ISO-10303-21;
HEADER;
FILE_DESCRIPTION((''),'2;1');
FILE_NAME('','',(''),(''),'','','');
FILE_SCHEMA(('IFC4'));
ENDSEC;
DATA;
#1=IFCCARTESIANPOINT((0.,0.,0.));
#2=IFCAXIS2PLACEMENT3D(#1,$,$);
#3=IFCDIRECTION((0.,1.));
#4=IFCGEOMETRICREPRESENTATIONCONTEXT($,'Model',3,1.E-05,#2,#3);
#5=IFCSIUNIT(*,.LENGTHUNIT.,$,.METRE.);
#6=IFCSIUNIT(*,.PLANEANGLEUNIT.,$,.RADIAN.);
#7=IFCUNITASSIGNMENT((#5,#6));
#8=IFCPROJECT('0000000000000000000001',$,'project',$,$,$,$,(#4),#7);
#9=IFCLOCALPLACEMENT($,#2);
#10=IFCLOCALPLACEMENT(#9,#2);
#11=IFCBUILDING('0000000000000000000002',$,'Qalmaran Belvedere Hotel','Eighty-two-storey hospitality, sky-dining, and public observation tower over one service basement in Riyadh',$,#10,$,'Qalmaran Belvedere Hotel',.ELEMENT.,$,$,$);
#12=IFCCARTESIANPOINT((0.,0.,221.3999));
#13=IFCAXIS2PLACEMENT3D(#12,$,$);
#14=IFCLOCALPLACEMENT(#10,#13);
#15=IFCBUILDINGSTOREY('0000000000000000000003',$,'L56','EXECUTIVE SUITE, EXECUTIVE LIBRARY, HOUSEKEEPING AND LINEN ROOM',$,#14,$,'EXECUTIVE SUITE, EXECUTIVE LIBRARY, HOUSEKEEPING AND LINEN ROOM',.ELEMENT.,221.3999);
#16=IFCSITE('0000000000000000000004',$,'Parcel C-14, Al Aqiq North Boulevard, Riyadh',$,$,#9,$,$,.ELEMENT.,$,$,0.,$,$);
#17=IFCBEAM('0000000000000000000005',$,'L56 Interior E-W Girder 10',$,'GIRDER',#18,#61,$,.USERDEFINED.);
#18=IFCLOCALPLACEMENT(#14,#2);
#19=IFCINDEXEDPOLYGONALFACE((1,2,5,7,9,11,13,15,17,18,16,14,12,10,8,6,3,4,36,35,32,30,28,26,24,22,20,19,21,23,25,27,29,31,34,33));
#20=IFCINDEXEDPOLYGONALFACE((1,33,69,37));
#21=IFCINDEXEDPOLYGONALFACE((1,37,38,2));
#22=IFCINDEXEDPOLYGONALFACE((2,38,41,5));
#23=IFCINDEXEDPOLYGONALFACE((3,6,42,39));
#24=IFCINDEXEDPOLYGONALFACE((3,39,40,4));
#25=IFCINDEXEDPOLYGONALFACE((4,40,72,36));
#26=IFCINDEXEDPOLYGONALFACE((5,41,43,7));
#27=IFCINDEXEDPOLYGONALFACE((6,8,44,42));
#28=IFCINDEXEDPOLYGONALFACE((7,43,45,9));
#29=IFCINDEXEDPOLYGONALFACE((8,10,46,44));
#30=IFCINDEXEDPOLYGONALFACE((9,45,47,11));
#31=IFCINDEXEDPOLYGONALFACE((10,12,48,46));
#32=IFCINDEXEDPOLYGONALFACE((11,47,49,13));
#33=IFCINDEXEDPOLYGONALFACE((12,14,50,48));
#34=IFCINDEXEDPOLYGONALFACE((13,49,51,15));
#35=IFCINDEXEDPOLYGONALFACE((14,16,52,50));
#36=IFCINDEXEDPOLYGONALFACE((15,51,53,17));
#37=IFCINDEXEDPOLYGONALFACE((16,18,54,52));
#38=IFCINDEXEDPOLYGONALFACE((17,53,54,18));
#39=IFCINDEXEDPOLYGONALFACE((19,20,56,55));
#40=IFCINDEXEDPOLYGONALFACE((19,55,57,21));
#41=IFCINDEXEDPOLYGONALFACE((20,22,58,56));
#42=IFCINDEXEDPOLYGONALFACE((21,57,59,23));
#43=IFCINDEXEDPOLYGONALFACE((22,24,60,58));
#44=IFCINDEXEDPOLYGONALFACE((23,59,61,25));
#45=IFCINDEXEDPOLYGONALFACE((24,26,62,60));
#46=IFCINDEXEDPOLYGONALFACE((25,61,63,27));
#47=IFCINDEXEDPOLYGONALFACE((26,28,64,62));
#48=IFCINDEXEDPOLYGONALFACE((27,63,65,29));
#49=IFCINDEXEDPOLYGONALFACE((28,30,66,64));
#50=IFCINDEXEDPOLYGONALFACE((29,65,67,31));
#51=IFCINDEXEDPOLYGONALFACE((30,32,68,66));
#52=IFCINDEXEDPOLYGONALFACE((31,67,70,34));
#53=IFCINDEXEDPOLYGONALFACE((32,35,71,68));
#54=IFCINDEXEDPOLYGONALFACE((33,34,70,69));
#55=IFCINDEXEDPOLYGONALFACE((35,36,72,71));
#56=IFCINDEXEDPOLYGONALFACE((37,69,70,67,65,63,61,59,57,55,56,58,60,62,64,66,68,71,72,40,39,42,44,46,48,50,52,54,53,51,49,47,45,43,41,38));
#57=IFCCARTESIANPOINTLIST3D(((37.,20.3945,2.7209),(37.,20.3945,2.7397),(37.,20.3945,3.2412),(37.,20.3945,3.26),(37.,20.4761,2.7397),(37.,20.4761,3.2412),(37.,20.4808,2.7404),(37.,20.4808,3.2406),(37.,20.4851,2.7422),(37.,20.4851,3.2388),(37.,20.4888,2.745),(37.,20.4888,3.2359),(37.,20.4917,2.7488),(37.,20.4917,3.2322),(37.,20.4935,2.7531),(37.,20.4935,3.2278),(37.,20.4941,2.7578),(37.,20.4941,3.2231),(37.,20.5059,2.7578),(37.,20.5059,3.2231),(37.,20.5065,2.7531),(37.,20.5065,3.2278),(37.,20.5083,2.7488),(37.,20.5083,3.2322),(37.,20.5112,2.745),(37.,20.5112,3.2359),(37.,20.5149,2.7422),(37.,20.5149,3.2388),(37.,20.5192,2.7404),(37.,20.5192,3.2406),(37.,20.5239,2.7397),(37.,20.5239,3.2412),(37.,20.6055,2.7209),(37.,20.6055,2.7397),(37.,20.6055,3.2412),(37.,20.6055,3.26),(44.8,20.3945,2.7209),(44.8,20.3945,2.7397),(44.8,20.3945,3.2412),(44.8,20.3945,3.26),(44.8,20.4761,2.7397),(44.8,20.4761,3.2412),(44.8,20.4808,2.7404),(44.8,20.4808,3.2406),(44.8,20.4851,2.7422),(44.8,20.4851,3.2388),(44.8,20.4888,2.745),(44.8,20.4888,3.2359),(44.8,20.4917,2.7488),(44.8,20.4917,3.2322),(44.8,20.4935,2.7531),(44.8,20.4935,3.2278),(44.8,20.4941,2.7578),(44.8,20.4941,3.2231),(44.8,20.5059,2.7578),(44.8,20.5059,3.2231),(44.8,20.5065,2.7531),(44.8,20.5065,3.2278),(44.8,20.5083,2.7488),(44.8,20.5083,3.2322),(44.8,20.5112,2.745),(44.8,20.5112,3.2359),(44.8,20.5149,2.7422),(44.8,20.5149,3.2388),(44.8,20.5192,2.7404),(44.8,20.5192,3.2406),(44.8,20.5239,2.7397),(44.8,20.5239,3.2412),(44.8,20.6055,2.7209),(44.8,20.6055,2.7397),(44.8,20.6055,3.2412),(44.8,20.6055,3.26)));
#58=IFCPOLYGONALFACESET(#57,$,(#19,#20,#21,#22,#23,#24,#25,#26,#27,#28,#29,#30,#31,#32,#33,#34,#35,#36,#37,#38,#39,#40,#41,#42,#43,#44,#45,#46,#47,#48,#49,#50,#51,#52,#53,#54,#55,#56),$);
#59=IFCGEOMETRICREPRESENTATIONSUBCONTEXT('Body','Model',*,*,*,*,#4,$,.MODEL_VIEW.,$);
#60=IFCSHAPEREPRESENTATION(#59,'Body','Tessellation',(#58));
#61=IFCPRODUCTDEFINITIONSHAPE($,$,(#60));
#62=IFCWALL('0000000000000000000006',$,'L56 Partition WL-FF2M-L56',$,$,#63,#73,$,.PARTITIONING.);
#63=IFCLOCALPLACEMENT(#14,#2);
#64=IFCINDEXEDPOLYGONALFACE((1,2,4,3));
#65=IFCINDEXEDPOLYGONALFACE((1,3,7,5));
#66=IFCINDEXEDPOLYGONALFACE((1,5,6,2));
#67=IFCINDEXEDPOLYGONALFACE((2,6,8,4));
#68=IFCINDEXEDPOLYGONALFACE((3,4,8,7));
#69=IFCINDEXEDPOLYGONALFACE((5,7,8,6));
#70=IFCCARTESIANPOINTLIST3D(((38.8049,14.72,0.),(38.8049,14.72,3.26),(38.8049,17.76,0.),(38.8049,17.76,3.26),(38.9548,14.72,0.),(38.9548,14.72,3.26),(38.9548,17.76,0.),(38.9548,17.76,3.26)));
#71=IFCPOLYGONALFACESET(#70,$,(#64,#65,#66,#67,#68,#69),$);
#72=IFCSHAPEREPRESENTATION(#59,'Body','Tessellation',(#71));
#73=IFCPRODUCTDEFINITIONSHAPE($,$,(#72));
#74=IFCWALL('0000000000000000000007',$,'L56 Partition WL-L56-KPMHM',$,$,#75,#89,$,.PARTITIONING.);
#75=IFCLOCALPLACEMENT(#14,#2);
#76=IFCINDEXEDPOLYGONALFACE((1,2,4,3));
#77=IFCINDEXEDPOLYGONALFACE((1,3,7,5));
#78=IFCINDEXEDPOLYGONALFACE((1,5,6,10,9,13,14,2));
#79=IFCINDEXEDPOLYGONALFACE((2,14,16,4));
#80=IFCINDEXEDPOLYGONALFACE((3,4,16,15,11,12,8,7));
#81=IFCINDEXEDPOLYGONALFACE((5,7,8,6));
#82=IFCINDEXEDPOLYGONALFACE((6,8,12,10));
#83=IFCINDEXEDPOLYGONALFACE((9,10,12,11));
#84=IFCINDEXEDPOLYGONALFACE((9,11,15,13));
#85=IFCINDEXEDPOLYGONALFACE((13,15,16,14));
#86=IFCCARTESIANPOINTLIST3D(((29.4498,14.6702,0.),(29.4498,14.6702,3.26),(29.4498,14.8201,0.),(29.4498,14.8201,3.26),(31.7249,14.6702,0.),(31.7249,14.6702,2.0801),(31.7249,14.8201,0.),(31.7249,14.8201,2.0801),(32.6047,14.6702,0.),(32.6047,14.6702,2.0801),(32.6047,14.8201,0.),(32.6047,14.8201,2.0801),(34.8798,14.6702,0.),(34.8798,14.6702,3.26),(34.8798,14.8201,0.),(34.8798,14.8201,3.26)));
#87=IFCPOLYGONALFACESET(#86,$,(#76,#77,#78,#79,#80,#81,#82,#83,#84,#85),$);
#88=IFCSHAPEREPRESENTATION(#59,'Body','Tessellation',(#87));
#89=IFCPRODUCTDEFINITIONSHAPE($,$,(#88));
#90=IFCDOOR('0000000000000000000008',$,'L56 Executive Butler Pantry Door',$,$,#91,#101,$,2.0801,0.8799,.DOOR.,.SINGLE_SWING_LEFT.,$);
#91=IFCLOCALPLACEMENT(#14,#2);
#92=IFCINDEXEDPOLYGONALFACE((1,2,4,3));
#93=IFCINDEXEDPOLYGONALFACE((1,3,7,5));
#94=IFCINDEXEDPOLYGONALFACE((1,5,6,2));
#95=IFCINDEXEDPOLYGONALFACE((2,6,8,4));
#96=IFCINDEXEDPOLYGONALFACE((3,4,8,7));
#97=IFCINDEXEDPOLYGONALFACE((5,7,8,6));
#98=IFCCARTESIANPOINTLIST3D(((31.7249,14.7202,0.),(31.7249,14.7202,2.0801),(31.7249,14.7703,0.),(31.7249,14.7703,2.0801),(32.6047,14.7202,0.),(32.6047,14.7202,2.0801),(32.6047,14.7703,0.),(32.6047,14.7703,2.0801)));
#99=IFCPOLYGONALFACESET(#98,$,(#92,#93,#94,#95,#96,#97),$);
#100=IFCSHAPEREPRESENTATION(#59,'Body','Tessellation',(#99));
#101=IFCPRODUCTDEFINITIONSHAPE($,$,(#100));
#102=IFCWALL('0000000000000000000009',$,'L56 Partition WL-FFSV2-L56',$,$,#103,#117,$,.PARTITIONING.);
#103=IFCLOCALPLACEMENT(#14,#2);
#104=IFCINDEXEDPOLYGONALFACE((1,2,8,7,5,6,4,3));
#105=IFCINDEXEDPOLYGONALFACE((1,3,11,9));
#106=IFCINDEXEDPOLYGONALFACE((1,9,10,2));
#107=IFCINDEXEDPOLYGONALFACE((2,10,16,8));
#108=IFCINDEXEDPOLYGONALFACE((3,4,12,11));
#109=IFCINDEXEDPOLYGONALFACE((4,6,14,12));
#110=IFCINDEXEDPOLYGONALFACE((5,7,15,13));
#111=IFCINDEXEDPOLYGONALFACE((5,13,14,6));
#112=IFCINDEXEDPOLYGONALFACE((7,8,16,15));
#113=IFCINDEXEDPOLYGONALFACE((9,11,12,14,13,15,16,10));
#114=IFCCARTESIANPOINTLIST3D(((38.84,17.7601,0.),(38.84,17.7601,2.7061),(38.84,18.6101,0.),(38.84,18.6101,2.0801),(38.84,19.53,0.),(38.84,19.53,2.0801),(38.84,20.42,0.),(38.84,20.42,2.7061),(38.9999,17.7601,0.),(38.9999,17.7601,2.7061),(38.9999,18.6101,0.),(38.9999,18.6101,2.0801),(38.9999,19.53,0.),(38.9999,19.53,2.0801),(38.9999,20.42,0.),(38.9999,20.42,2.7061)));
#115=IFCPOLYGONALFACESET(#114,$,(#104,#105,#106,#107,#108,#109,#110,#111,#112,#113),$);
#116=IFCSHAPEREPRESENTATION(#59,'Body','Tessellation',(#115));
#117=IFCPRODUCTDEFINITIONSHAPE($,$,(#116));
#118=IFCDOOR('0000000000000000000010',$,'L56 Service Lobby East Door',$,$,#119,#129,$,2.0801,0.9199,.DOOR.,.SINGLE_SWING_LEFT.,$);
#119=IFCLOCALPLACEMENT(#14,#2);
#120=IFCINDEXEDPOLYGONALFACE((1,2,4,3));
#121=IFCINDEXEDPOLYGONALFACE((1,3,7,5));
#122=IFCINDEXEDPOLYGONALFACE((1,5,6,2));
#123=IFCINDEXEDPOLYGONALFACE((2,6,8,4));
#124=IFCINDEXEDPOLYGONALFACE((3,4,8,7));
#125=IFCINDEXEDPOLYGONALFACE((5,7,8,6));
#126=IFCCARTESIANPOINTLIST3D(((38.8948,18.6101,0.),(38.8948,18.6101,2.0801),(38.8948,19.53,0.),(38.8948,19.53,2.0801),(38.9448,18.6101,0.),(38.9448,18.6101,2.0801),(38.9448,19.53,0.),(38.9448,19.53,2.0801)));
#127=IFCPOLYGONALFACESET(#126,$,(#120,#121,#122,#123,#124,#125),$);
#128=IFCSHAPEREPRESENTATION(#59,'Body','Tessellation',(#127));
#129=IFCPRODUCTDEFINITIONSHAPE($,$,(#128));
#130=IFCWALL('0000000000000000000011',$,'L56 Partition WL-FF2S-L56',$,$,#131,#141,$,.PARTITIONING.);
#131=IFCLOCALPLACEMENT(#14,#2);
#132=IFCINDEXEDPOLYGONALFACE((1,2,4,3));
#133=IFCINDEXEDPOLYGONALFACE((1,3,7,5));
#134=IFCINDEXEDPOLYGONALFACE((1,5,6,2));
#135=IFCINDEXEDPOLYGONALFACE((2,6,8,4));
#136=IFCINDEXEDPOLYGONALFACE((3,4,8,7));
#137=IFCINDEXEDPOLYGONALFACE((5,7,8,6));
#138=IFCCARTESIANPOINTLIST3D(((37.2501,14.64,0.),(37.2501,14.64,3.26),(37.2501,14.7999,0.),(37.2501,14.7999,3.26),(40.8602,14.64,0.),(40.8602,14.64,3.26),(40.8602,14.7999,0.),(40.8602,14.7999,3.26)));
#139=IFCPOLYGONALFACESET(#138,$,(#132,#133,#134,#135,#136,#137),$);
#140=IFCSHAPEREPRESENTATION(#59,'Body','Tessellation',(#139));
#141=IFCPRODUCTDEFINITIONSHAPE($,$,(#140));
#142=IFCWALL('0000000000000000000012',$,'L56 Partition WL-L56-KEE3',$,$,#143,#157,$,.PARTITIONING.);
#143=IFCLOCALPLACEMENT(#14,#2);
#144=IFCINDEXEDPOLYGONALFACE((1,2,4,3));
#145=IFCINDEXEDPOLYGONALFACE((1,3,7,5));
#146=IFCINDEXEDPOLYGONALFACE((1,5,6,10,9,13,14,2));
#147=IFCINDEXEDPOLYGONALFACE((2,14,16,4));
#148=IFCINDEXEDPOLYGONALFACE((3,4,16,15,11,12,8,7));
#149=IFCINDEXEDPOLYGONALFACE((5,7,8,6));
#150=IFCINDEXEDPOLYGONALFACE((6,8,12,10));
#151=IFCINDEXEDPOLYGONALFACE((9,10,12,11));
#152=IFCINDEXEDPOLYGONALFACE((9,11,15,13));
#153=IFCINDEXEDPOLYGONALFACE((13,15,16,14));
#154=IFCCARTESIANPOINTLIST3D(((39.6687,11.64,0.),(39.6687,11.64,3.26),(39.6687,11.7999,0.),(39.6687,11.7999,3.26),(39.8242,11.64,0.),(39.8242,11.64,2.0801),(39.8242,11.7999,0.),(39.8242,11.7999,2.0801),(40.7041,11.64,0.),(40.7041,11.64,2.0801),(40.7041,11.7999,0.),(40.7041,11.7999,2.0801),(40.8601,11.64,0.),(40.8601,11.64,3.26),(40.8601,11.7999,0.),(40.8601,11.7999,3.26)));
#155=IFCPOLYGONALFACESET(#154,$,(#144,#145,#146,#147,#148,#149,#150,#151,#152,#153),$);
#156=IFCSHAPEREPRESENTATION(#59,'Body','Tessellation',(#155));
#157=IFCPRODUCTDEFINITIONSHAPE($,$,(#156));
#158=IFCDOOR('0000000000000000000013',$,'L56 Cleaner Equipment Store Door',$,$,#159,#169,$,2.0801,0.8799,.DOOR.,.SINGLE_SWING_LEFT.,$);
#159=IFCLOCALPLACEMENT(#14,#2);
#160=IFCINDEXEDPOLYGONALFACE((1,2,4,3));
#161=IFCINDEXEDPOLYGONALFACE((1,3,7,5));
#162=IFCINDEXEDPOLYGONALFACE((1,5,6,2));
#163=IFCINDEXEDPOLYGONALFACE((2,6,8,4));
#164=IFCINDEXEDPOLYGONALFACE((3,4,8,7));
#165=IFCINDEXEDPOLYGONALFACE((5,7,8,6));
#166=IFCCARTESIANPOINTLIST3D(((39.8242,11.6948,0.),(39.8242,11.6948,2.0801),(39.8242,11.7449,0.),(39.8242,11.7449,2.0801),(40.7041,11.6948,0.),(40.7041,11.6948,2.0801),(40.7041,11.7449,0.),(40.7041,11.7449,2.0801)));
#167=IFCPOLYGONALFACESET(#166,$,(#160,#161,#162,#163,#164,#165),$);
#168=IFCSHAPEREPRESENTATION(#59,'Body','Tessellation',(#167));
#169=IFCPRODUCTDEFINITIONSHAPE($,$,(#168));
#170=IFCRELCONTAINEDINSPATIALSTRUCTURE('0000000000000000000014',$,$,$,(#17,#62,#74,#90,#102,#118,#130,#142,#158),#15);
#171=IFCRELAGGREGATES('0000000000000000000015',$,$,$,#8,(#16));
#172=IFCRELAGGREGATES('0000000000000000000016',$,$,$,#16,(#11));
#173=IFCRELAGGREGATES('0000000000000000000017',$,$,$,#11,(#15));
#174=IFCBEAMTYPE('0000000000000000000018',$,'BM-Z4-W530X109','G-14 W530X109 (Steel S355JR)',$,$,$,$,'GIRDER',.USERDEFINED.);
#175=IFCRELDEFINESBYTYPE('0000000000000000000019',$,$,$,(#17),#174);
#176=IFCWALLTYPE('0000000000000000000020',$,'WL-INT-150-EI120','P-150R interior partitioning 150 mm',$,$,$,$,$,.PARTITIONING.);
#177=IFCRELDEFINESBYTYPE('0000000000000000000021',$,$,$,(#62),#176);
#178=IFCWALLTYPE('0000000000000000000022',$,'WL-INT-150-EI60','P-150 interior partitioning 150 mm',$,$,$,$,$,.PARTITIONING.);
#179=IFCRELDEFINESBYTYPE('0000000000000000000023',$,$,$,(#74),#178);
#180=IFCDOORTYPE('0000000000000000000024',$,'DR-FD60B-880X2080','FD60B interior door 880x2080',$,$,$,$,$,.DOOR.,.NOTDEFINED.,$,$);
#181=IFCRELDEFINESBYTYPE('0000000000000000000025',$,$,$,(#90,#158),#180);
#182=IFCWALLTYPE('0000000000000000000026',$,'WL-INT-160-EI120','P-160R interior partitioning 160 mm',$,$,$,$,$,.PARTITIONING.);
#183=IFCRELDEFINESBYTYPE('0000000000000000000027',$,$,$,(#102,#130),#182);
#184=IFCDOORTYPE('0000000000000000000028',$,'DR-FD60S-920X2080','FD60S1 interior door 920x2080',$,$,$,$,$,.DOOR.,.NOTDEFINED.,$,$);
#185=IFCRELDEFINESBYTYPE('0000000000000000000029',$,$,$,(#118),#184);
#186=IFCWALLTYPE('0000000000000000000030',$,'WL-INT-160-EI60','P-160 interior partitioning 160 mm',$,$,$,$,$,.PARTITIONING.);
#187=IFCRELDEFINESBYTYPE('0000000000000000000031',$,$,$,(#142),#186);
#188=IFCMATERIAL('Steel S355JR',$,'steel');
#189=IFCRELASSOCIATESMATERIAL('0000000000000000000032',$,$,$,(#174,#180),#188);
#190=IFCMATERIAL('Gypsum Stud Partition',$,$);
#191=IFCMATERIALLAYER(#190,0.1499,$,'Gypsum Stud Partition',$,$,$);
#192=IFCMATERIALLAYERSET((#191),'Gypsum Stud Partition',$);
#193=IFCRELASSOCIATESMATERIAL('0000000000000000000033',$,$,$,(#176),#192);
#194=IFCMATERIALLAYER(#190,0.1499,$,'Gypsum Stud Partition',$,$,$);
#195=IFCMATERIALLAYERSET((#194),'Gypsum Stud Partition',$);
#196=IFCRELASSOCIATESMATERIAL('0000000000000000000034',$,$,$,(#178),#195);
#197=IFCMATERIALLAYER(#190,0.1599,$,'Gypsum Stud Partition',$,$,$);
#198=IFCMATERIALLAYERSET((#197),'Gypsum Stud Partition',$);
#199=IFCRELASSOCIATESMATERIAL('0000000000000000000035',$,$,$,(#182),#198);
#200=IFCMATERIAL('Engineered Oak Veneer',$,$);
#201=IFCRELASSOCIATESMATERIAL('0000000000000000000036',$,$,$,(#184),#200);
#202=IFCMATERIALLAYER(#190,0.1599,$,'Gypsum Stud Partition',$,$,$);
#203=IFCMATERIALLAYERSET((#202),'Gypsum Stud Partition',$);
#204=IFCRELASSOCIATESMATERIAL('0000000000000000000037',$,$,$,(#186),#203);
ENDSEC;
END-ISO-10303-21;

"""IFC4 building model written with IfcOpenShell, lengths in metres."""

from ifc_helpers import new_model, si_unit, direction, frame, frame_2d, origin, origin_2d, place, context, subcontext, project, spatial, rectangle, i_section, extrude, material, layer, layer_set, material_profile, profile_set, type_object, element, fill, save


model = new_model("IFC4")

# Units and contexts
model_context = context("Model", 3, precision=1e-05, world=origin(), true_north=direction((0.0, 1.0)))
body_context = subcontext(model_context, "Body", "Model", "MODEL_VIEW")
ifc_project = project(units=[si_unit("LENGTHUNIT", "METRE"), si_unit("PLANEANGLEUNIT", "RADIAN")], contexts=[model_context])

# Site, building, storey
site_placement = place(None, origin())
site = spatial("IfcSite", under=ifc_project, at=site_placement, Name="Parcel C-14, Al Aqiq North Boulevard, Riyadh", CompositionType="ELEMENT", RefElevation=0.0)
building_placement = place(site_placement, origin())
building = spatial("IfcBuilding", under=site, at=building_placement, Name="Qalmaran Belvedere Hotel", Description="Eighty-two-storey hospitality, sky-dining, and public observation tower over one service basement in Riyadh", LongName="Qalmaran Belvedere Hotel", CompositionType="ELEMENT")
storey_placement = place(building_placement, frame((0.0, 0.0, 221.3999)))
storey = spatial("IfcBuildingStorey", under=building, at=storey_placement, Name="L56", Description="EXECUTIVE SUITE, EXECUTIVE LIBRARY, HOUSEKEEPING AND LINEN ROOM", LongName="EXECUTIVE SUITE, EXECUTIVE LIBRARY, HOUSEKEEPING AND LINEN ROOM", CompositionType="ELEMENT", Elevation=221.3999)

# Beam
ifc_material_1 = material(Name="Steel S355JR", Category="steel")
ifc_material_profile_1 = material_profile(ifc_material_1, i_section(OverallWidth=0.2109, OverallDepth=0.5391, WebThickness=0.0117, FlangeThickness=0.0188, FilletRadius=0.0181, at=origin_2d()), Name="W530X109")
ifc_profile_set_1 = profile_set([ifc_material_profile_1], Name="Steel S355JR")
beam_type_1 = type_object("IfcBeamType", Name="BM-Z4-W530X109", Description="G-14 W530X109 (Steel S355JR)", ElementType="GIRDER", PredefinedType="USERDEFINED", material=ifc_profile_set_1)
for number, where, z_axis, x_axis, name in (
    (1, (37.0, 20.5, 2.9905), (1.0, 0.0, 0.0), (0.0, 1.0, 0.0), "L56 Interior E-W Girder 10"),
):
    element("IfcBeam", number, at=place(storey_placement, frame(where, z_axis=z_axis, x_axis=x_axis)), inside=storey, type_object=beam_type_1, Name=name, ObjectType="GIRDER", PredefinedType="USERDEFINED", context=body_context, shape_type="SweptSolid", body=[
        extrude(i_section(OverallWidth=0.2109, OverallDepth=0.5391, WebThickness=0.0117, FlangeThickness=0.0188, FilletRadius=0.0181, at=origin_2d()), origin(), (0.0, 0.0, 1.0), 7.8),
    ])

# Wall
ifc_material_2 = material(Name="Gypsum Stud Partition")
ifc_layer_1 = layer(ifc_material_2, 0.1499, Name="Gypsum Stud Partition")
ifc_layer_set_1 = layer_set([ifc_layer_1], Name="Gypsum Stud Partition")
wall_type_1 = type_object("IfcWallType", Name="WL-INT-150-EI120", Description="P-150R interior partitioning 150 mm", PredefinedType="PARTITIONING", material=ifc_layer_set_1)
wall_1_placement = place(storey_placement, frame((38.8799, 14.72, 0.0), z_axis=(0.0, 0.0, 1.0), x_axis=(0.0, 1.0, 0.0)))
element("IfcWall", 2, at=wall_1_placement, inside=storey, type_object=wall_type_1, Name="L56 Partition WL-FF2M-L56", PredefinedType="PARTITIONING", context=body_context, shape_type="SweptSolid", body=[
    extrude(rectangle(XDim=3.04, YDim=0.1499, at=frame_2d((1.52, 0.0))), origin(), (0.0, 0.0, 1.0), 3.26),
])
ifc_layer_2 = layer(ifc_material_2, 0.1499, Name="Gypsum Stud Partition")
ifc_layer_set_2 = layer_set([ifc_layer_2], Name="Gypsum Stud Partition")
wall_type_2 = type_object("IfcWallType", Name="WL-INT-150-EI60", Description="P-150 interior partitioning 150 mm", PredefinedType="PARTITIONING", material=ifc_layer_set_2)

# Walls, openings, doors
wall_2_placement = place(storey_placement, frame((29.45, 14.7451, 0.0), z_axis=(0.0, 0.0, 1.0), x_axis=(1.0, 0.0, 0.0)))
wall_2 = element("IfcWall", 3, at=wall_2_placement, inside=storey, type_object=wall_type_2, Name="L56 Partition WL-L56-KPMHM", PredefinedType="PARTITIONING", context=body_context, shape_type="SweptSolid", body=[
    extrude(rectangle(XDim=5.4299, YDim=0.1499, at=frame_2d((2.7148, 0.0))), origin(), (0.0, 0.0, 1.0), 3.26),
])
opening_1_placement = place(wall_2_placement, frame((3.1548, 0.0, 0.0), z_axis=(0.0, 0.0, 1.0), x_axis=(-1.0, 0.0, 0.0)))
opening_1 = element("IfcOpeningElement", 4, at=opening_1_placement, cuts=wall_2, PredefinedType="OPENING", context=body_context, shape_type="SweptSolid", body=[
    extrude(rectangle(XDim=0.8799, YDim=2.0801, at=frame_2d((0.4399, 1.04))), frame((0.0, 0.085, 0.0), z_axis=(0.0, -1.0, 0.0), x_axis=(1.0, 0.0, 0.0)), (0.0, 0.0, 1.0), 0.1699),
])
door_type_1 = type_object("IfcDoorType", Name="DR-FD60B-880X2080", Description="FD60B interior door 880x2080", OperationType="NOTDEFINED", PredefinedType="DOOR", material=ifc_material_1)
door_1_placement = place(opening_1_placement, origin())
door_1 = element("IfcDoor", 5, at=door_1_placement, inside=storey, type_object=door_type_1, Name="L56 Executive Butler Pantry Door", OperationType="SINGLE_SWING_LEFT", OverallHeight=2.0801, OverallWidth=0.8799, PredefinedType="DOOR", context=body_context, shape_type="SweptSolid", body=[
    extrude(rectangle(XDim=0.8799, YDim=2.0801, at=frame_2d((0.4399, 1.04))), frame((0.0, 0.0249, 0.0), z_axis=(0.0, -1.0, 0.0), x_axis=(1.0, 0.0, 0.0)), (0.0, 0.0, 1.0), 0.05),
])
fill(opening_1, door_1)
ifc_layer_3 = layer(ifc_material_2, 0.1599, Name="Gypsum Stud Partition")
ifc_layer_set_3 = layer_set([ifc_layer_3], Name="Gypsum Stud Partition")
wall_type_3 = type_object("IfcWallType", Name="WL-INT-160-EI120", Description="P-160R interior partitioning 160 mm", PredefinedType="PARTITIONING", material=ifc_layer_set_3)
wall_3_placement = place(storey_placement, frame((38.9199, 17.76, 0.0), z_axis=(0.0, 0.0, 1.0), x_axis=(0.0, 1.0, 0.0)))
wall_3 = element("IfcWall", 6, at=wall_3_placement, inside=storey, type_object=wall_type_3, Name="L56 Partition WL-FFSV2-L56", PredefinedType="PARTITIONING", context=body_context, shape_type="SweptSolid", body=[
    extrude(rectangle(XDim=2.6599, YDim=0.1599, at=frame_2d((1.3301, 0.0))), origin(), (0.0, 0.0, 1.0), 2.7061),
])
opening_2_placement = place(wall_3_placement, frame((1.77, 0.0, 0.0), z_axis=(0.0, 0.0, 1.0), x_axis=(-1.0, 0.0, 0.0)))
opening_2 = element("IfcOpeningElement", 7, at=opening_2_placement, cuts=wall_3, PredefinedType="OPENING", context=body_context, shape_type="SweptSolid", body=[
    extrude(rectangle(XDim=0.9199, YDim=2.0801, at=frame_2d((0.46, 1.04))), frame((0.0, 0.0898, 0.0), z_axis=(0.0, -1.0, 0.0), x_axis=(1.0, 0.0, 0.0)), (0.0, 0.0, 1.0), 0.1799),
])
ifc_material_3 = material(Name="Engineered Oak Veneer")
door_type_2 = type_object("IfcDoorType", Name="DR-FD60S-920X2080", Description="FD60S1 interior door 920x2080", OperationType="NOTDEFINED", PredefinedType="DOOR", material=ifc_material_3)
door_2_placement = place(opening_2_placement, origin())
door_2 = element("IfcDoor", 8, at=door_2_placement, inside=storey, type_object=door_type_2, Name="L56 Service Lobby East Door", OperationType="SINGLE_SWING_LEFT", OverallHeight=2.0801, OverallWidth=0.9199, PredefinedType="DOOR", context=body_context, shape_type="SweptSolid", body=[
    extrude(rectangle(XDim=0.9199, YDim=2.0801, at=frame_2d((0.46, 1.04))), frame((0.0, 0.0249, 0.0), z_axis=(0.0, -1.0, 0.0), x_axis=(1.0, 0.0, 0.0)), (0.0, 0.0, 1.0), 0.05),
])
fill(opening_2, door_2)

# Wall
wall_4_placement = place(storey_placement, frame((37.25, 14.72, 0.0), z_axis=(0.0, 0.0, 1.0), x_axis=(1.0, 0.0, 0.0)))
element("IfcWall", 9, at=wall_4_placement, inside=storey, type_object=wall_type_3, Name="L56 Partition WL-FF2S-L56", PredefinedType="PARTITIONING", context=body_context, shape_type="SweptSolid", body=[
    extrude(rectangle(XDim=3.6101, YDim=0.1599, at=frame_2d((1.8052, 0.0))), origin(), (0.0, 0.0, 1.0), 3.26),
])

# Wall, opening, door
ifc_layer_4 = layer(ifc_material_2, 0.1599, Name="Gypsum Stud Partition")
ifc_layer_set_4 = layer_set([ifc_layer_4], Name="Gypsum Stud Partition")
wall_type_4 = type_object("IfcWallType", Name="WL-INT-160-EI60", Description="P-160 interior partitioning 160 mm", PredefinedType="PARTITIONING", material=ifc_layer_set_4)
wall_5_placement = place(storey_placement, frame((39.6687, 11.72, 0.0), z_axis=(0.0, 0.0, 1.0), x_axis=(1.0, 0.0, 0.0)))
wall_5 = element("IfcWall", 10, at=wall_5_placement, inside=storey, type_object=wall_type_4, Name="L56 Partition WL-L56-KEE3", PredefinedType="PARTITIONING", context=body_context, shape_type="SweptSolid", body=[
    extrude(rectangle(XDim=1.1914, YDim=0.1599, at=frame_2d((0.5957, 0.0))), origin(), (0.0, 0.0, 1.0), 3.26),
])
opening_3_placement = place(wall_5_placement, frame((0.1555, 0.0, 0.0)))
opening_3 = element("IfcOpeningElement", 11, at=opening_3_placement, cuts=wall_5, PredefinedType="OPENING", context=body_context, shape_type="SweptSolid", body=[
    extrude(rectangle(XDim=0.8799, YDim=2.0801, at=frame_2d((0.4399, 1.04))), frame((0.0, 0.0898, 0.0), z_axis=(0.0, -1.0, 0.0), x_axis=(1.0, 0.0, 0.0)), (0.0, 0.0, 1.0), 0.1799),
])
door_3_placement = place(opening_3_placement, origin())
door_3 = element("IfcDoor", 12, at=door_3_placement, inside=storey, type_object=door_type_1, Name="L56 Cleaner Equipment Store Door", OperationType="SINGLE_SWING_LEFT", OverallHeight=2.0801, OverallWidth=0.8799, PredefinedType="DOOR", context=body_context, shape_type="SweptSolid", body=[
    extrude(rectangle(XDim=0.8799, YDim=2.0801, at=frame_2d((0.4399, 1.04))), frame((0.0, 0.0249, 0.0), z_axis=(0.0, -1.0, 0.0), x_axis=(1.0, 0.0, 0.0)), (0.0, 0.0, 1.0), 0.05),
])
fill(opening_3, door_3)

save(model, "model.ifc")
